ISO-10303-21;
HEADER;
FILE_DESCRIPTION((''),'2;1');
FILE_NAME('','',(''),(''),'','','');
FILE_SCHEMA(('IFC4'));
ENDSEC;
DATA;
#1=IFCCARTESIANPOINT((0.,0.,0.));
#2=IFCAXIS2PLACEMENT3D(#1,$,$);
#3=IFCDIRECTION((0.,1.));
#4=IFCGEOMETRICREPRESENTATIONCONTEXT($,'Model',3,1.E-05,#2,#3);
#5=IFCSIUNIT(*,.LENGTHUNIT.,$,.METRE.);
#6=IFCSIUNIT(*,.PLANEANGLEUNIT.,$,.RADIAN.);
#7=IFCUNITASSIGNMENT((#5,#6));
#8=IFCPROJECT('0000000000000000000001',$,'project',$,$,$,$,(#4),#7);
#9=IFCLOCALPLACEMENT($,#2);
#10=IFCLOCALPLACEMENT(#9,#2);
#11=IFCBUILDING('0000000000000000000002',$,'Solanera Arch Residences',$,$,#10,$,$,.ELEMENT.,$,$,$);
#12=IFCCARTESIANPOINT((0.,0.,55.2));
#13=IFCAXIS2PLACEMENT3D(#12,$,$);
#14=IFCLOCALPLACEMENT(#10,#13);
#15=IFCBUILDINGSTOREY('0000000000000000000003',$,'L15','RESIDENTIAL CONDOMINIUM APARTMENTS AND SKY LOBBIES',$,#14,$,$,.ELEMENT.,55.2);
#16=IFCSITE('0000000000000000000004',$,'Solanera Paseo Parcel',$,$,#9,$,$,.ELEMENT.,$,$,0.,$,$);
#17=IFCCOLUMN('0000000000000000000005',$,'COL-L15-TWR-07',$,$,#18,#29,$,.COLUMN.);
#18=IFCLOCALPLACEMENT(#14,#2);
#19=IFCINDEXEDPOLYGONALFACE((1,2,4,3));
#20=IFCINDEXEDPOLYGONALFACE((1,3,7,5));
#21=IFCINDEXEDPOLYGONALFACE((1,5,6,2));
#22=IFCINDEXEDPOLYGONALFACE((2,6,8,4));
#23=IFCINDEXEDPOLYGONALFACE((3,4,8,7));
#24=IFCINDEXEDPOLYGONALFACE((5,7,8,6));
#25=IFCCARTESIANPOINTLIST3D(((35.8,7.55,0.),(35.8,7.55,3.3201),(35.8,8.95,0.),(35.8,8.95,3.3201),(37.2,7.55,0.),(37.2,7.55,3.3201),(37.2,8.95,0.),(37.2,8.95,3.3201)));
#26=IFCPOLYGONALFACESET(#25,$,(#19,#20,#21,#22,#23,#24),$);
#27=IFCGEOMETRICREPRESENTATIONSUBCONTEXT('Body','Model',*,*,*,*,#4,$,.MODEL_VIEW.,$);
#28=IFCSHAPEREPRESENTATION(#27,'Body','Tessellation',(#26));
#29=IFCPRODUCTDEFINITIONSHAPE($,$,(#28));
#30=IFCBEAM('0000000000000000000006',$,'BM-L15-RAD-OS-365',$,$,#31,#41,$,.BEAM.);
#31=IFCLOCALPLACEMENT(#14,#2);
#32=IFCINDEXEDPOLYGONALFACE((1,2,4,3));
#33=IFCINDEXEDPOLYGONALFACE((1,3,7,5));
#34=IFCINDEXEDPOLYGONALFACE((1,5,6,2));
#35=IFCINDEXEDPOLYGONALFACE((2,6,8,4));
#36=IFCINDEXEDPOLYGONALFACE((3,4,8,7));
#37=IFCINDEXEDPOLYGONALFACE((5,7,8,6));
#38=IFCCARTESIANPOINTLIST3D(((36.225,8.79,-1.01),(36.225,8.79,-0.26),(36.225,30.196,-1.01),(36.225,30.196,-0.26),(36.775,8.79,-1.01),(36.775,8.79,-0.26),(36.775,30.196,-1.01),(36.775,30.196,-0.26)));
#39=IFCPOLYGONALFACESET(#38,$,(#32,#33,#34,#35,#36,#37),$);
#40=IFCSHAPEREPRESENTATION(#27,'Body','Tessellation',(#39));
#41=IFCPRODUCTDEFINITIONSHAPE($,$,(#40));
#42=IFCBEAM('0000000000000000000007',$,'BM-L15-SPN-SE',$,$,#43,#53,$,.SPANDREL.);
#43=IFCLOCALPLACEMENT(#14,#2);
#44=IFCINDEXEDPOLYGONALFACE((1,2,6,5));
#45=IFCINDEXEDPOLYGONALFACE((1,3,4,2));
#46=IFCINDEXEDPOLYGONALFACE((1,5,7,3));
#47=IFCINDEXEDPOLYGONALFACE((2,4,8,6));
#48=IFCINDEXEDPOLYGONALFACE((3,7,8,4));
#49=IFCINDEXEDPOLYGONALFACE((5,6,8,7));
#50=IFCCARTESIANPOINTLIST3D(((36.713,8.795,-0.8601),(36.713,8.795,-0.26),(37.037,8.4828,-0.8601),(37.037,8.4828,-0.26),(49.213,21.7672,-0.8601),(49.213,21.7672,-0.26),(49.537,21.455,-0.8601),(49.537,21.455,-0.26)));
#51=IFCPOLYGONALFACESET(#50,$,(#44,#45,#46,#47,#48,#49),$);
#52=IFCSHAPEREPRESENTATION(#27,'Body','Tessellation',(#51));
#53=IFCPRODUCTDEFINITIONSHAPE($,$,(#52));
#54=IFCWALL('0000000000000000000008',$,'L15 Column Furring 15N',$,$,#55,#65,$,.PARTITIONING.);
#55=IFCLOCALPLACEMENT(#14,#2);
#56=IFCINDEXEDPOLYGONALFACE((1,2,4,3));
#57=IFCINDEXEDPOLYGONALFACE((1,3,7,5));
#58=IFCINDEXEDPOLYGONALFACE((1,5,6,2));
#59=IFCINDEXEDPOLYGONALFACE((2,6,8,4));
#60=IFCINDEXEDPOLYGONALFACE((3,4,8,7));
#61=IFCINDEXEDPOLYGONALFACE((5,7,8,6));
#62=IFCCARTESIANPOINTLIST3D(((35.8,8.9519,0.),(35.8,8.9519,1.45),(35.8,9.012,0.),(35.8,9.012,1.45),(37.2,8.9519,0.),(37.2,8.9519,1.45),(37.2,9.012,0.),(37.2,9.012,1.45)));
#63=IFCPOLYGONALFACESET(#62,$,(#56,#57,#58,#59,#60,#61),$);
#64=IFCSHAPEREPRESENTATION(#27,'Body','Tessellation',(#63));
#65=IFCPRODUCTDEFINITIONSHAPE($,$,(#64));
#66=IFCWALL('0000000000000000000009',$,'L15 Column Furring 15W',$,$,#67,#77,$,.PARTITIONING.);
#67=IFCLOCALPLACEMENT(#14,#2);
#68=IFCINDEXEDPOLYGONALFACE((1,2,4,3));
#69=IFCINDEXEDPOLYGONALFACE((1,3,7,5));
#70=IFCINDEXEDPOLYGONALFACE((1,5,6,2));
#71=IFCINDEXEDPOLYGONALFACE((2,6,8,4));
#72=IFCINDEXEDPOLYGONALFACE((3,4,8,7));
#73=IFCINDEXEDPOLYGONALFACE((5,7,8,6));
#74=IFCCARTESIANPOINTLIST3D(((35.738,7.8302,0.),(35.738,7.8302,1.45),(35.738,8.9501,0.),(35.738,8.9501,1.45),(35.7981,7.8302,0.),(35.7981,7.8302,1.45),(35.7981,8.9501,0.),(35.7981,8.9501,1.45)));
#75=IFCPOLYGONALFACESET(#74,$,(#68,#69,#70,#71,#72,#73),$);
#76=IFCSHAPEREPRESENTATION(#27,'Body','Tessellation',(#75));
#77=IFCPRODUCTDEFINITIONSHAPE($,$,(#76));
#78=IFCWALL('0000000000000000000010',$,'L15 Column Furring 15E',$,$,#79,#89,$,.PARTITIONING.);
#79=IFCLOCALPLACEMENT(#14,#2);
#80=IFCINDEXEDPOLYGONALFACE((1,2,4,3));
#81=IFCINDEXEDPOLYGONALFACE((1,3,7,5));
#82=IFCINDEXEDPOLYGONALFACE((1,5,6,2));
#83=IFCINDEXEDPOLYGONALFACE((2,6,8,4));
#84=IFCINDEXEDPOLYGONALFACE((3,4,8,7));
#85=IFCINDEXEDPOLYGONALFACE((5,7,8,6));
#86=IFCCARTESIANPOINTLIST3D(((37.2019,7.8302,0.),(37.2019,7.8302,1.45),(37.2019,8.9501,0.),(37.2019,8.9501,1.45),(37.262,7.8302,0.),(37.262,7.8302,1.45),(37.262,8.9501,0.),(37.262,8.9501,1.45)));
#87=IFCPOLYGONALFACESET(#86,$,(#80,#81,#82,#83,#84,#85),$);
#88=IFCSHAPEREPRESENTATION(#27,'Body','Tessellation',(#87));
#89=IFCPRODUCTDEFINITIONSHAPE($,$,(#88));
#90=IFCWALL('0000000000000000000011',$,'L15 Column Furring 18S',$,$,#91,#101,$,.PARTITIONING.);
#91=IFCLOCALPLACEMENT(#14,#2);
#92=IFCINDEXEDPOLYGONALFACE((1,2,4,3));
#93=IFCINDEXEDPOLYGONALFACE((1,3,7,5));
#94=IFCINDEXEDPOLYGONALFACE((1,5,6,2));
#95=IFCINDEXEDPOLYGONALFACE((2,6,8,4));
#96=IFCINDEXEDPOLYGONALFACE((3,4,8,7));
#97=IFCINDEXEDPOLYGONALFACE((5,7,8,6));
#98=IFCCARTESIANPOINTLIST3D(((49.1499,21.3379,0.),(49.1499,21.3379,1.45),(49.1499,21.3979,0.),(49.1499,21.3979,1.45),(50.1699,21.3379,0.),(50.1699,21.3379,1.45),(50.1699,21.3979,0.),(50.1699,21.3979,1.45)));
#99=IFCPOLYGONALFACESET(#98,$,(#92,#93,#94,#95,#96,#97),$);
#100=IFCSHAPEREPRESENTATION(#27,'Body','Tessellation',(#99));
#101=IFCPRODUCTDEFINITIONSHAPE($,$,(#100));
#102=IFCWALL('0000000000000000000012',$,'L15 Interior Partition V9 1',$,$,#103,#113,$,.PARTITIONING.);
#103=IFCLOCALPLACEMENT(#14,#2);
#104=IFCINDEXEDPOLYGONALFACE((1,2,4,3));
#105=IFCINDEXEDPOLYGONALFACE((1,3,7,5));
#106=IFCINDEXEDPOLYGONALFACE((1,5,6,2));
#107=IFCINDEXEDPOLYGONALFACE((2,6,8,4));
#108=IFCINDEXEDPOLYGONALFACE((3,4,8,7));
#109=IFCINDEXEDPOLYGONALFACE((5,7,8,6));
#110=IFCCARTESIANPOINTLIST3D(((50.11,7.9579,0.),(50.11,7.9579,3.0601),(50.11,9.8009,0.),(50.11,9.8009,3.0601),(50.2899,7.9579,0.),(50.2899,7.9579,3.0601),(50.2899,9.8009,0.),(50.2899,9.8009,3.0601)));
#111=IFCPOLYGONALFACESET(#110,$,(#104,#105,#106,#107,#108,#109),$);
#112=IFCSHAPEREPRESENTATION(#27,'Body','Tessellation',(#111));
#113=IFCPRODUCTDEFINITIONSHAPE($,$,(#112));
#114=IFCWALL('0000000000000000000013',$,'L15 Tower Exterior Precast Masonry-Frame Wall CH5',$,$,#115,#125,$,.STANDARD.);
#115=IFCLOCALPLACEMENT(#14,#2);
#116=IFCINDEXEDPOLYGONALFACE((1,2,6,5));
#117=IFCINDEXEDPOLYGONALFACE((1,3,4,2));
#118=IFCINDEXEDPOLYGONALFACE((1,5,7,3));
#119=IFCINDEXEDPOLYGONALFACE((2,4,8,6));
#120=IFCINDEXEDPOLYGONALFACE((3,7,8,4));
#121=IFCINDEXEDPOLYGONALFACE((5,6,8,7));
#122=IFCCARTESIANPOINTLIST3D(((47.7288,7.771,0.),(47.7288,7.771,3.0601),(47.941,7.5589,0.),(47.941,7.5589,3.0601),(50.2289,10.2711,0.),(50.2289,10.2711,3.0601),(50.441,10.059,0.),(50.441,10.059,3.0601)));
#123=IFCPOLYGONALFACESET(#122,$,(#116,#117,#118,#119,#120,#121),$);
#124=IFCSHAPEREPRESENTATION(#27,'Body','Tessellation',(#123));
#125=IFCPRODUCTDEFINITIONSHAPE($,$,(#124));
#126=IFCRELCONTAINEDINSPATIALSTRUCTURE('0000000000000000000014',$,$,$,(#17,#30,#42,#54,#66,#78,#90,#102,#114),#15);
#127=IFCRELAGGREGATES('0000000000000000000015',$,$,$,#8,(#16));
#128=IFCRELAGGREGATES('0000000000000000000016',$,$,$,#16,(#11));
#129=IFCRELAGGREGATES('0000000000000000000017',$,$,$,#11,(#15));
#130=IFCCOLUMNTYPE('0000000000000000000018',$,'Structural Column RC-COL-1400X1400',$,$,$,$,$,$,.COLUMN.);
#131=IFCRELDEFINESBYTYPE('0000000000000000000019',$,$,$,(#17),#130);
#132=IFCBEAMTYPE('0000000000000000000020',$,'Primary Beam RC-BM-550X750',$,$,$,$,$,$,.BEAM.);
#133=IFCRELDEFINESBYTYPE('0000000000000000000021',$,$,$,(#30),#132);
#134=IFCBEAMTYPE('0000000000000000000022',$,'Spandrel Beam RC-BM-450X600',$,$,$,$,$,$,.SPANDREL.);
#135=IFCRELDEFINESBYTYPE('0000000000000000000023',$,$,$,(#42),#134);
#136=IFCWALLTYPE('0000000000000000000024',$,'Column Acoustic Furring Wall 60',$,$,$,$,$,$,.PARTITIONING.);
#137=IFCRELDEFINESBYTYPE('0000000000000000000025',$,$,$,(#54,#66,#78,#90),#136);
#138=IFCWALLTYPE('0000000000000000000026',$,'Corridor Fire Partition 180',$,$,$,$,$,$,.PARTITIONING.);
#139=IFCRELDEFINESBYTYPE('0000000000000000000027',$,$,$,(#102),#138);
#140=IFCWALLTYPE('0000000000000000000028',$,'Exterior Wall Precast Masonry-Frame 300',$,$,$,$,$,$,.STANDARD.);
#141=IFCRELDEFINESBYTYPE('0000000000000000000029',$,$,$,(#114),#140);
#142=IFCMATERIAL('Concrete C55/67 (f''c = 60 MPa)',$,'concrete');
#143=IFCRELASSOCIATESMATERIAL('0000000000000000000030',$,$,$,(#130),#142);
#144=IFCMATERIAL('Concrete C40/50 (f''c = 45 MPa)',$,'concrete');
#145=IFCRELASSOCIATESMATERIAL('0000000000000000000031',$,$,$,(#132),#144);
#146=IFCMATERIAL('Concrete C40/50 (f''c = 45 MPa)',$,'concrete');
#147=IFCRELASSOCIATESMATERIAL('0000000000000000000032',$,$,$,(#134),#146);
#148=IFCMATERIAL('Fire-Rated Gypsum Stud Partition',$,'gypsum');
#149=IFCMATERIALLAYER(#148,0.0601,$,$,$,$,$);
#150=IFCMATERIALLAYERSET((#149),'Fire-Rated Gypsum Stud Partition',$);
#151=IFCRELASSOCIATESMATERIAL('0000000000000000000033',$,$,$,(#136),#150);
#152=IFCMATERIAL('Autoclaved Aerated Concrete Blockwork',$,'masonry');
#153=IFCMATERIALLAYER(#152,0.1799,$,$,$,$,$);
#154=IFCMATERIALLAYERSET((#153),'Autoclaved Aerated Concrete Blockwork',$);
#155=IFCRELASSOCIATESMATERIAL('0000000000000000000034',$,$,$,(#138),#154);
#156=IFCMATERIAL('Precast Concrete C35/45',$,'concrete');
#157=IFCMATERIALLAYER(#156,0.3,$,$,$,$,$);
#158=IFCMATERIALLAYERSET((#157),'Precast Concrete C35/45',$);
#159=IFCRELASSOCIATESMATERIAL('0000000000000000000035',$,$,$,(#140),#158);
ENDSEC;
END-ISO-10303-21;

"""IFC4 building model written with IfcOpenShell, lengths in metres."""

from ifc_helpers import new_model, si_unit, direction, frame, frame_2d, origin, origin_2d, place, context, subcontext, project, spatial, rectangle, extrude, material, layer, layer_set, material_profile, profile_set, type_object, element, save


model = new_model("IFC4")

# Units and contexts
model_context = context("Model", 3, precision=1e-05, world=origin(), true_north=direction((0.0, 1.0)))
body_context = subcontext(model_context, "Body", "Model", "MODEL_VIEW")
ifc_project = project(units=[si_unit("LENGTHUNIT", "METRE"), si_unit("PLANEANGLEUNIT", "RADIAN")], contexts=[model_context])

# Site, building, storey
site_placement = place(None, origin())
site = spatial("IfcSite", under=ifc_project, at=site_placement, Name="Solanera Paseo Parcel", CompositionType="ELEMENT", RefElevation=0.0)
building_placement = place(site_placement, origin())
building = spatial("IfcBuilding", under=site, at=building_placement, Name="Solanera Arch Residences", CompositionType="ELEMENT")
storey_placement = place(building_placement, frame((0.0, 0.0, 55.2)))
storey = spatial("IfcBuildingStorey", under=building, at=storey_placement, Name="L15", Description="RESIDENTIAL CONDOMINIUM APARTMENTS AND SKY LOBBIES", CompositionType="ELEMENT", Elevation=55.2)

# Column
ifc_material_1 = material(Name="Concrete C55/67 (f'c = 60 MPa)", Category="concrete")
ifc_material_profile_1 = material_profile(ifc_material_1, rectangle(XDim=1.3999, YDim=1.3999, at=origin_2d()))
ifc_profile_set_1 = profile_set([ifc_material_profile_1], Name="Concrete C55/67 (f'c = 60 MPa)")
column_type = type_object("IfcColumnType", Name="Structural Column RC-COL-1400X1400", PredefinedType="COLUMN", material=ifc_profile_set_1)
column_placement = place(storey_placement, frame((36.5, 8.25, 0.0), z_axis=(0.0, 0.0, 1.0), x_axis=(1.0, 0.0, 0.0)))
element("IfcColumn", 1, at=column_placement, inside=storey, type_object=column_type, Name="COL-L15-TWR-07", PredefinedType="COLUMN", context=body_context, shape_type="SweptSolid", body=[
    extrude(rectangle(XDim=1.3999, YDim=1.3999, at=origin_2d()), origin(), (0.0, 0.0, 1.0), 3.3201),
])

# Beams
ifc_material_2 = material(Name="Concrete C40/50 (f'c = 45 MPa)", Category="concrete")
ifc_material_profile_2 = material_profile(ifc_material_2, rectangle(XDim=0.55, YDim=0.75, at=origin_2d()))
ifc_profile_set_2 = profile_set([ifc_material_profile_2], Name="Concrete C40/50 (f'c = 45 MPa)")
beam_type_1 = type_object("IfcBeamType", Name="Primary Beam RC-BM-550X750", PredefinedType="BEAM", material=ifc_profile_set_2)
beam_1_placement = place(storey_placement, frame((36.5, 8.79, -0.635), z_axis=(0.0, 1.0, 0.0), x_axis=(-1.0, 0.0, 0.0)))
element("IfcBeam", 2, at=beam_1_placement, inside=storey, type_object=beam_type_1, Name="BM-L15-RAD-OS-365", PredefinedType="BEAM", context=body_context, shape_type="SweptSolid", body=[
    extrude(rectangle(XDim=0.55, YDim=0.75, at=origin_2d()), origin(), (0.0, 0.0, 1.0), 21.406),
])
ifc_material_3 = material(Name="Concrete C40/50 (f'c = 45 MPa)", Category="concrete")
ifc_material_profile_3 = material_profile(ifc_material_3, rectangle(XDim=0.45, YDim=0.6001, at=origin_2d()))
ifc_profile_set_3 = profile_set([ifc_material_profile_3], Name="Concrete C40/50 (f'c = 45 MPa)")
beam_type_2 = type_object("IfcBeamType", Name="Spandrel Beam RC-BM-450X600", PredefinedType="SPANDREL", material=ifc_profile_set_3)
beam_2_placement = place(storey_placement, frame((36.875, 8.6389, -0.5601), z_axis=(0.69388, 0.72009, 0.0), x_axis=(-0.72009, 0.69388, 0.0)))
element("IfcBeam", 3, at=beam_2_placement, inside=storey, type_object=beam_type_2, Name="BM-L15-SPN-SE", PredefinedType="SPANDREL", context=body_context, shape_type="SweptSolid", body=[
    extrude(rectangle(XDim=0.45, YDim=0.6001, at=origin_2d()), origin(), (0.0, 0.0, 1.0), 18.0146),
])

# Walls
ifc_material_4 = material(Name="Fire-Rated Gypsum Stud Partition", Category="gypsum")
ifc_layer_1 = layer(ifc_material_4, 0.0601)
ifc_layer_set_1 = layer_set([ifc_layer_1], Name="Fire-Rated Gypsum Stud Partition")
wall_type_1 = type_object("IfcWallType", Name="Column Acoustic Furring Wall 60", PredefinedType="PARTITIONING", material=ifc_layer_set_1)
wall_1_placement = place(storey_placement, frame((35.8, 8.9819, 0.0), z_axis=(0.0, 0.0, 1.0), x_axis=(1.0, 0.0, 0.0)))
element("IfcWall", 4, at=wall_1_placement, inside=storey, type_object=wall_type_1, Name="L15 Column Furring 15N", PredefinedType="PARTITIONING", context=body_context, shape_type="SweptSolid", body=[
    extrude(rectangle(XDim=1.3999, YDim=0.0601, at=frame_2d((0.7, 0.0))), origin(), (0.0, 0.0, 1.0), 1.45),
])
for number, where, z_axis, x_axis, name in (
    (5, (35.7681, 7.8301, 0.0), (0.0, 0.0, 1.0), (0.0, 1.0, 0.0), "L15 Column Furring 15W"),
    (6, (37.2319, 7.8301, 0.0), (0.0, 0.0, 1.0), (0.0, 1.0, 0.0), "L15 Column Furring 15E"),
):
    element("IfcWall", number, at=place(storey_placement, frame(where, z_axis=z_axis, x_axis=x_axis)), inside=storey, type_object=wall_type_1, Name=name, PredefinedType="PARTITIONING", context=body_context, shape_type="SweptSolid", body=[
        extrude(rectangle(XDim=1.1199, YDim=0.0601, at=frame_2d((0.5601, 0.0))), origin(), (0.0, 0.0, 1.0), 1.45),
    ])
wall_2_placement = place(storey_placement, frame((49.1499, 21.3679, 0.0), z_axis=(0.0, 0.0, 1.0), x_axis=(1.0, 0.0, 0.0)))
element("IfcWall", 7, at=wall_2_placement, inside=storey, type_object=wall_type_1, Name="L15 Column Furring 18S", PredefinedType="PARTITIONING", context=body_context, shape_type="SweptSolid", body=[
    extrude(rectangle(XDim=1.02, YDim=0.0601, at=frame_2d((0.51, 0.0))), origin(), (0.0, 0.0, 1.0), 1.45),
])
ifc_material_5 = material(Name="Autoclaved Aerated Concrete Blockwork", Category="masonry")
ifc_layer_2 = layer(ifc_material_5, 0.1799)
ifc_layer_set_2 = layer_set([ifc_layer_2], Name="Autoclaved Aerated Concrete Blockwork")
wall_type_2 = type_object("IfcWallType", Name="Corridor Fire Partition 180", PredefinedType="PARTITIONING", material=ifc_layer_set_2)
wall_3_placement = place(storey_placement, frame((50.2, 7.958, 0.0), z_axis=(0.0, 0.0, 1.0), x_axis=(0.0, 1.0, 0.0)))
element("IfcWall", 8, at=wall_3_placement, inside=storey, type_object=wall_type_2, Name="L15 Interior Partition V9 1", PredefinedType="PARTITIONING", context=body_context, shape_type="SweptSolid", body=[
    extrude(rectangle(XDim=1.843, YDim=0.1799, at=frame_2d((0.9214, 0.0))), origin(), (0.0, 0.0, 1.0), 3.0601),
])
ifc_material_6 = material(Name="Precast Concrete C35/45", Category="concrete")
ifc_layer_3 = layer(ifc_material_6, 0.3)
ifc_layer_set_3 = layer_set([ifc_layer_3], Name="Precast Concrete C35/45")
wall_type_3 = type_object("IfcWallType", Name="Exterior Wall Precast Masonry-Frame 300", PredefinedType="STANDARD", material=ifc_layer_set_3)
wall_4_placement = place(storey_placement, frame((50.335, 10.165, 0.0), z_axis=(0.0, 0.0, 1.0), x_axis=(-0.707107, -0.707107, 0.0)))
element("IfcWall", 9, at=wall_4_placement, inside=storey, type_object=wall_type_3, Name="L15 Tower Exterior Precast Masonry-Frame Wall CH5", PredefinedType="STANDARD", context=body_context, shape_type="SweptSolid", body=[
    extrude(rectangle(XDim=3.5356, YDim=0.3, at=frame_2d((1.7678, 0.0))), origin(), (0.0, 0.0, 1.0), 3.0601),
])

save(model, "model.ifc")
